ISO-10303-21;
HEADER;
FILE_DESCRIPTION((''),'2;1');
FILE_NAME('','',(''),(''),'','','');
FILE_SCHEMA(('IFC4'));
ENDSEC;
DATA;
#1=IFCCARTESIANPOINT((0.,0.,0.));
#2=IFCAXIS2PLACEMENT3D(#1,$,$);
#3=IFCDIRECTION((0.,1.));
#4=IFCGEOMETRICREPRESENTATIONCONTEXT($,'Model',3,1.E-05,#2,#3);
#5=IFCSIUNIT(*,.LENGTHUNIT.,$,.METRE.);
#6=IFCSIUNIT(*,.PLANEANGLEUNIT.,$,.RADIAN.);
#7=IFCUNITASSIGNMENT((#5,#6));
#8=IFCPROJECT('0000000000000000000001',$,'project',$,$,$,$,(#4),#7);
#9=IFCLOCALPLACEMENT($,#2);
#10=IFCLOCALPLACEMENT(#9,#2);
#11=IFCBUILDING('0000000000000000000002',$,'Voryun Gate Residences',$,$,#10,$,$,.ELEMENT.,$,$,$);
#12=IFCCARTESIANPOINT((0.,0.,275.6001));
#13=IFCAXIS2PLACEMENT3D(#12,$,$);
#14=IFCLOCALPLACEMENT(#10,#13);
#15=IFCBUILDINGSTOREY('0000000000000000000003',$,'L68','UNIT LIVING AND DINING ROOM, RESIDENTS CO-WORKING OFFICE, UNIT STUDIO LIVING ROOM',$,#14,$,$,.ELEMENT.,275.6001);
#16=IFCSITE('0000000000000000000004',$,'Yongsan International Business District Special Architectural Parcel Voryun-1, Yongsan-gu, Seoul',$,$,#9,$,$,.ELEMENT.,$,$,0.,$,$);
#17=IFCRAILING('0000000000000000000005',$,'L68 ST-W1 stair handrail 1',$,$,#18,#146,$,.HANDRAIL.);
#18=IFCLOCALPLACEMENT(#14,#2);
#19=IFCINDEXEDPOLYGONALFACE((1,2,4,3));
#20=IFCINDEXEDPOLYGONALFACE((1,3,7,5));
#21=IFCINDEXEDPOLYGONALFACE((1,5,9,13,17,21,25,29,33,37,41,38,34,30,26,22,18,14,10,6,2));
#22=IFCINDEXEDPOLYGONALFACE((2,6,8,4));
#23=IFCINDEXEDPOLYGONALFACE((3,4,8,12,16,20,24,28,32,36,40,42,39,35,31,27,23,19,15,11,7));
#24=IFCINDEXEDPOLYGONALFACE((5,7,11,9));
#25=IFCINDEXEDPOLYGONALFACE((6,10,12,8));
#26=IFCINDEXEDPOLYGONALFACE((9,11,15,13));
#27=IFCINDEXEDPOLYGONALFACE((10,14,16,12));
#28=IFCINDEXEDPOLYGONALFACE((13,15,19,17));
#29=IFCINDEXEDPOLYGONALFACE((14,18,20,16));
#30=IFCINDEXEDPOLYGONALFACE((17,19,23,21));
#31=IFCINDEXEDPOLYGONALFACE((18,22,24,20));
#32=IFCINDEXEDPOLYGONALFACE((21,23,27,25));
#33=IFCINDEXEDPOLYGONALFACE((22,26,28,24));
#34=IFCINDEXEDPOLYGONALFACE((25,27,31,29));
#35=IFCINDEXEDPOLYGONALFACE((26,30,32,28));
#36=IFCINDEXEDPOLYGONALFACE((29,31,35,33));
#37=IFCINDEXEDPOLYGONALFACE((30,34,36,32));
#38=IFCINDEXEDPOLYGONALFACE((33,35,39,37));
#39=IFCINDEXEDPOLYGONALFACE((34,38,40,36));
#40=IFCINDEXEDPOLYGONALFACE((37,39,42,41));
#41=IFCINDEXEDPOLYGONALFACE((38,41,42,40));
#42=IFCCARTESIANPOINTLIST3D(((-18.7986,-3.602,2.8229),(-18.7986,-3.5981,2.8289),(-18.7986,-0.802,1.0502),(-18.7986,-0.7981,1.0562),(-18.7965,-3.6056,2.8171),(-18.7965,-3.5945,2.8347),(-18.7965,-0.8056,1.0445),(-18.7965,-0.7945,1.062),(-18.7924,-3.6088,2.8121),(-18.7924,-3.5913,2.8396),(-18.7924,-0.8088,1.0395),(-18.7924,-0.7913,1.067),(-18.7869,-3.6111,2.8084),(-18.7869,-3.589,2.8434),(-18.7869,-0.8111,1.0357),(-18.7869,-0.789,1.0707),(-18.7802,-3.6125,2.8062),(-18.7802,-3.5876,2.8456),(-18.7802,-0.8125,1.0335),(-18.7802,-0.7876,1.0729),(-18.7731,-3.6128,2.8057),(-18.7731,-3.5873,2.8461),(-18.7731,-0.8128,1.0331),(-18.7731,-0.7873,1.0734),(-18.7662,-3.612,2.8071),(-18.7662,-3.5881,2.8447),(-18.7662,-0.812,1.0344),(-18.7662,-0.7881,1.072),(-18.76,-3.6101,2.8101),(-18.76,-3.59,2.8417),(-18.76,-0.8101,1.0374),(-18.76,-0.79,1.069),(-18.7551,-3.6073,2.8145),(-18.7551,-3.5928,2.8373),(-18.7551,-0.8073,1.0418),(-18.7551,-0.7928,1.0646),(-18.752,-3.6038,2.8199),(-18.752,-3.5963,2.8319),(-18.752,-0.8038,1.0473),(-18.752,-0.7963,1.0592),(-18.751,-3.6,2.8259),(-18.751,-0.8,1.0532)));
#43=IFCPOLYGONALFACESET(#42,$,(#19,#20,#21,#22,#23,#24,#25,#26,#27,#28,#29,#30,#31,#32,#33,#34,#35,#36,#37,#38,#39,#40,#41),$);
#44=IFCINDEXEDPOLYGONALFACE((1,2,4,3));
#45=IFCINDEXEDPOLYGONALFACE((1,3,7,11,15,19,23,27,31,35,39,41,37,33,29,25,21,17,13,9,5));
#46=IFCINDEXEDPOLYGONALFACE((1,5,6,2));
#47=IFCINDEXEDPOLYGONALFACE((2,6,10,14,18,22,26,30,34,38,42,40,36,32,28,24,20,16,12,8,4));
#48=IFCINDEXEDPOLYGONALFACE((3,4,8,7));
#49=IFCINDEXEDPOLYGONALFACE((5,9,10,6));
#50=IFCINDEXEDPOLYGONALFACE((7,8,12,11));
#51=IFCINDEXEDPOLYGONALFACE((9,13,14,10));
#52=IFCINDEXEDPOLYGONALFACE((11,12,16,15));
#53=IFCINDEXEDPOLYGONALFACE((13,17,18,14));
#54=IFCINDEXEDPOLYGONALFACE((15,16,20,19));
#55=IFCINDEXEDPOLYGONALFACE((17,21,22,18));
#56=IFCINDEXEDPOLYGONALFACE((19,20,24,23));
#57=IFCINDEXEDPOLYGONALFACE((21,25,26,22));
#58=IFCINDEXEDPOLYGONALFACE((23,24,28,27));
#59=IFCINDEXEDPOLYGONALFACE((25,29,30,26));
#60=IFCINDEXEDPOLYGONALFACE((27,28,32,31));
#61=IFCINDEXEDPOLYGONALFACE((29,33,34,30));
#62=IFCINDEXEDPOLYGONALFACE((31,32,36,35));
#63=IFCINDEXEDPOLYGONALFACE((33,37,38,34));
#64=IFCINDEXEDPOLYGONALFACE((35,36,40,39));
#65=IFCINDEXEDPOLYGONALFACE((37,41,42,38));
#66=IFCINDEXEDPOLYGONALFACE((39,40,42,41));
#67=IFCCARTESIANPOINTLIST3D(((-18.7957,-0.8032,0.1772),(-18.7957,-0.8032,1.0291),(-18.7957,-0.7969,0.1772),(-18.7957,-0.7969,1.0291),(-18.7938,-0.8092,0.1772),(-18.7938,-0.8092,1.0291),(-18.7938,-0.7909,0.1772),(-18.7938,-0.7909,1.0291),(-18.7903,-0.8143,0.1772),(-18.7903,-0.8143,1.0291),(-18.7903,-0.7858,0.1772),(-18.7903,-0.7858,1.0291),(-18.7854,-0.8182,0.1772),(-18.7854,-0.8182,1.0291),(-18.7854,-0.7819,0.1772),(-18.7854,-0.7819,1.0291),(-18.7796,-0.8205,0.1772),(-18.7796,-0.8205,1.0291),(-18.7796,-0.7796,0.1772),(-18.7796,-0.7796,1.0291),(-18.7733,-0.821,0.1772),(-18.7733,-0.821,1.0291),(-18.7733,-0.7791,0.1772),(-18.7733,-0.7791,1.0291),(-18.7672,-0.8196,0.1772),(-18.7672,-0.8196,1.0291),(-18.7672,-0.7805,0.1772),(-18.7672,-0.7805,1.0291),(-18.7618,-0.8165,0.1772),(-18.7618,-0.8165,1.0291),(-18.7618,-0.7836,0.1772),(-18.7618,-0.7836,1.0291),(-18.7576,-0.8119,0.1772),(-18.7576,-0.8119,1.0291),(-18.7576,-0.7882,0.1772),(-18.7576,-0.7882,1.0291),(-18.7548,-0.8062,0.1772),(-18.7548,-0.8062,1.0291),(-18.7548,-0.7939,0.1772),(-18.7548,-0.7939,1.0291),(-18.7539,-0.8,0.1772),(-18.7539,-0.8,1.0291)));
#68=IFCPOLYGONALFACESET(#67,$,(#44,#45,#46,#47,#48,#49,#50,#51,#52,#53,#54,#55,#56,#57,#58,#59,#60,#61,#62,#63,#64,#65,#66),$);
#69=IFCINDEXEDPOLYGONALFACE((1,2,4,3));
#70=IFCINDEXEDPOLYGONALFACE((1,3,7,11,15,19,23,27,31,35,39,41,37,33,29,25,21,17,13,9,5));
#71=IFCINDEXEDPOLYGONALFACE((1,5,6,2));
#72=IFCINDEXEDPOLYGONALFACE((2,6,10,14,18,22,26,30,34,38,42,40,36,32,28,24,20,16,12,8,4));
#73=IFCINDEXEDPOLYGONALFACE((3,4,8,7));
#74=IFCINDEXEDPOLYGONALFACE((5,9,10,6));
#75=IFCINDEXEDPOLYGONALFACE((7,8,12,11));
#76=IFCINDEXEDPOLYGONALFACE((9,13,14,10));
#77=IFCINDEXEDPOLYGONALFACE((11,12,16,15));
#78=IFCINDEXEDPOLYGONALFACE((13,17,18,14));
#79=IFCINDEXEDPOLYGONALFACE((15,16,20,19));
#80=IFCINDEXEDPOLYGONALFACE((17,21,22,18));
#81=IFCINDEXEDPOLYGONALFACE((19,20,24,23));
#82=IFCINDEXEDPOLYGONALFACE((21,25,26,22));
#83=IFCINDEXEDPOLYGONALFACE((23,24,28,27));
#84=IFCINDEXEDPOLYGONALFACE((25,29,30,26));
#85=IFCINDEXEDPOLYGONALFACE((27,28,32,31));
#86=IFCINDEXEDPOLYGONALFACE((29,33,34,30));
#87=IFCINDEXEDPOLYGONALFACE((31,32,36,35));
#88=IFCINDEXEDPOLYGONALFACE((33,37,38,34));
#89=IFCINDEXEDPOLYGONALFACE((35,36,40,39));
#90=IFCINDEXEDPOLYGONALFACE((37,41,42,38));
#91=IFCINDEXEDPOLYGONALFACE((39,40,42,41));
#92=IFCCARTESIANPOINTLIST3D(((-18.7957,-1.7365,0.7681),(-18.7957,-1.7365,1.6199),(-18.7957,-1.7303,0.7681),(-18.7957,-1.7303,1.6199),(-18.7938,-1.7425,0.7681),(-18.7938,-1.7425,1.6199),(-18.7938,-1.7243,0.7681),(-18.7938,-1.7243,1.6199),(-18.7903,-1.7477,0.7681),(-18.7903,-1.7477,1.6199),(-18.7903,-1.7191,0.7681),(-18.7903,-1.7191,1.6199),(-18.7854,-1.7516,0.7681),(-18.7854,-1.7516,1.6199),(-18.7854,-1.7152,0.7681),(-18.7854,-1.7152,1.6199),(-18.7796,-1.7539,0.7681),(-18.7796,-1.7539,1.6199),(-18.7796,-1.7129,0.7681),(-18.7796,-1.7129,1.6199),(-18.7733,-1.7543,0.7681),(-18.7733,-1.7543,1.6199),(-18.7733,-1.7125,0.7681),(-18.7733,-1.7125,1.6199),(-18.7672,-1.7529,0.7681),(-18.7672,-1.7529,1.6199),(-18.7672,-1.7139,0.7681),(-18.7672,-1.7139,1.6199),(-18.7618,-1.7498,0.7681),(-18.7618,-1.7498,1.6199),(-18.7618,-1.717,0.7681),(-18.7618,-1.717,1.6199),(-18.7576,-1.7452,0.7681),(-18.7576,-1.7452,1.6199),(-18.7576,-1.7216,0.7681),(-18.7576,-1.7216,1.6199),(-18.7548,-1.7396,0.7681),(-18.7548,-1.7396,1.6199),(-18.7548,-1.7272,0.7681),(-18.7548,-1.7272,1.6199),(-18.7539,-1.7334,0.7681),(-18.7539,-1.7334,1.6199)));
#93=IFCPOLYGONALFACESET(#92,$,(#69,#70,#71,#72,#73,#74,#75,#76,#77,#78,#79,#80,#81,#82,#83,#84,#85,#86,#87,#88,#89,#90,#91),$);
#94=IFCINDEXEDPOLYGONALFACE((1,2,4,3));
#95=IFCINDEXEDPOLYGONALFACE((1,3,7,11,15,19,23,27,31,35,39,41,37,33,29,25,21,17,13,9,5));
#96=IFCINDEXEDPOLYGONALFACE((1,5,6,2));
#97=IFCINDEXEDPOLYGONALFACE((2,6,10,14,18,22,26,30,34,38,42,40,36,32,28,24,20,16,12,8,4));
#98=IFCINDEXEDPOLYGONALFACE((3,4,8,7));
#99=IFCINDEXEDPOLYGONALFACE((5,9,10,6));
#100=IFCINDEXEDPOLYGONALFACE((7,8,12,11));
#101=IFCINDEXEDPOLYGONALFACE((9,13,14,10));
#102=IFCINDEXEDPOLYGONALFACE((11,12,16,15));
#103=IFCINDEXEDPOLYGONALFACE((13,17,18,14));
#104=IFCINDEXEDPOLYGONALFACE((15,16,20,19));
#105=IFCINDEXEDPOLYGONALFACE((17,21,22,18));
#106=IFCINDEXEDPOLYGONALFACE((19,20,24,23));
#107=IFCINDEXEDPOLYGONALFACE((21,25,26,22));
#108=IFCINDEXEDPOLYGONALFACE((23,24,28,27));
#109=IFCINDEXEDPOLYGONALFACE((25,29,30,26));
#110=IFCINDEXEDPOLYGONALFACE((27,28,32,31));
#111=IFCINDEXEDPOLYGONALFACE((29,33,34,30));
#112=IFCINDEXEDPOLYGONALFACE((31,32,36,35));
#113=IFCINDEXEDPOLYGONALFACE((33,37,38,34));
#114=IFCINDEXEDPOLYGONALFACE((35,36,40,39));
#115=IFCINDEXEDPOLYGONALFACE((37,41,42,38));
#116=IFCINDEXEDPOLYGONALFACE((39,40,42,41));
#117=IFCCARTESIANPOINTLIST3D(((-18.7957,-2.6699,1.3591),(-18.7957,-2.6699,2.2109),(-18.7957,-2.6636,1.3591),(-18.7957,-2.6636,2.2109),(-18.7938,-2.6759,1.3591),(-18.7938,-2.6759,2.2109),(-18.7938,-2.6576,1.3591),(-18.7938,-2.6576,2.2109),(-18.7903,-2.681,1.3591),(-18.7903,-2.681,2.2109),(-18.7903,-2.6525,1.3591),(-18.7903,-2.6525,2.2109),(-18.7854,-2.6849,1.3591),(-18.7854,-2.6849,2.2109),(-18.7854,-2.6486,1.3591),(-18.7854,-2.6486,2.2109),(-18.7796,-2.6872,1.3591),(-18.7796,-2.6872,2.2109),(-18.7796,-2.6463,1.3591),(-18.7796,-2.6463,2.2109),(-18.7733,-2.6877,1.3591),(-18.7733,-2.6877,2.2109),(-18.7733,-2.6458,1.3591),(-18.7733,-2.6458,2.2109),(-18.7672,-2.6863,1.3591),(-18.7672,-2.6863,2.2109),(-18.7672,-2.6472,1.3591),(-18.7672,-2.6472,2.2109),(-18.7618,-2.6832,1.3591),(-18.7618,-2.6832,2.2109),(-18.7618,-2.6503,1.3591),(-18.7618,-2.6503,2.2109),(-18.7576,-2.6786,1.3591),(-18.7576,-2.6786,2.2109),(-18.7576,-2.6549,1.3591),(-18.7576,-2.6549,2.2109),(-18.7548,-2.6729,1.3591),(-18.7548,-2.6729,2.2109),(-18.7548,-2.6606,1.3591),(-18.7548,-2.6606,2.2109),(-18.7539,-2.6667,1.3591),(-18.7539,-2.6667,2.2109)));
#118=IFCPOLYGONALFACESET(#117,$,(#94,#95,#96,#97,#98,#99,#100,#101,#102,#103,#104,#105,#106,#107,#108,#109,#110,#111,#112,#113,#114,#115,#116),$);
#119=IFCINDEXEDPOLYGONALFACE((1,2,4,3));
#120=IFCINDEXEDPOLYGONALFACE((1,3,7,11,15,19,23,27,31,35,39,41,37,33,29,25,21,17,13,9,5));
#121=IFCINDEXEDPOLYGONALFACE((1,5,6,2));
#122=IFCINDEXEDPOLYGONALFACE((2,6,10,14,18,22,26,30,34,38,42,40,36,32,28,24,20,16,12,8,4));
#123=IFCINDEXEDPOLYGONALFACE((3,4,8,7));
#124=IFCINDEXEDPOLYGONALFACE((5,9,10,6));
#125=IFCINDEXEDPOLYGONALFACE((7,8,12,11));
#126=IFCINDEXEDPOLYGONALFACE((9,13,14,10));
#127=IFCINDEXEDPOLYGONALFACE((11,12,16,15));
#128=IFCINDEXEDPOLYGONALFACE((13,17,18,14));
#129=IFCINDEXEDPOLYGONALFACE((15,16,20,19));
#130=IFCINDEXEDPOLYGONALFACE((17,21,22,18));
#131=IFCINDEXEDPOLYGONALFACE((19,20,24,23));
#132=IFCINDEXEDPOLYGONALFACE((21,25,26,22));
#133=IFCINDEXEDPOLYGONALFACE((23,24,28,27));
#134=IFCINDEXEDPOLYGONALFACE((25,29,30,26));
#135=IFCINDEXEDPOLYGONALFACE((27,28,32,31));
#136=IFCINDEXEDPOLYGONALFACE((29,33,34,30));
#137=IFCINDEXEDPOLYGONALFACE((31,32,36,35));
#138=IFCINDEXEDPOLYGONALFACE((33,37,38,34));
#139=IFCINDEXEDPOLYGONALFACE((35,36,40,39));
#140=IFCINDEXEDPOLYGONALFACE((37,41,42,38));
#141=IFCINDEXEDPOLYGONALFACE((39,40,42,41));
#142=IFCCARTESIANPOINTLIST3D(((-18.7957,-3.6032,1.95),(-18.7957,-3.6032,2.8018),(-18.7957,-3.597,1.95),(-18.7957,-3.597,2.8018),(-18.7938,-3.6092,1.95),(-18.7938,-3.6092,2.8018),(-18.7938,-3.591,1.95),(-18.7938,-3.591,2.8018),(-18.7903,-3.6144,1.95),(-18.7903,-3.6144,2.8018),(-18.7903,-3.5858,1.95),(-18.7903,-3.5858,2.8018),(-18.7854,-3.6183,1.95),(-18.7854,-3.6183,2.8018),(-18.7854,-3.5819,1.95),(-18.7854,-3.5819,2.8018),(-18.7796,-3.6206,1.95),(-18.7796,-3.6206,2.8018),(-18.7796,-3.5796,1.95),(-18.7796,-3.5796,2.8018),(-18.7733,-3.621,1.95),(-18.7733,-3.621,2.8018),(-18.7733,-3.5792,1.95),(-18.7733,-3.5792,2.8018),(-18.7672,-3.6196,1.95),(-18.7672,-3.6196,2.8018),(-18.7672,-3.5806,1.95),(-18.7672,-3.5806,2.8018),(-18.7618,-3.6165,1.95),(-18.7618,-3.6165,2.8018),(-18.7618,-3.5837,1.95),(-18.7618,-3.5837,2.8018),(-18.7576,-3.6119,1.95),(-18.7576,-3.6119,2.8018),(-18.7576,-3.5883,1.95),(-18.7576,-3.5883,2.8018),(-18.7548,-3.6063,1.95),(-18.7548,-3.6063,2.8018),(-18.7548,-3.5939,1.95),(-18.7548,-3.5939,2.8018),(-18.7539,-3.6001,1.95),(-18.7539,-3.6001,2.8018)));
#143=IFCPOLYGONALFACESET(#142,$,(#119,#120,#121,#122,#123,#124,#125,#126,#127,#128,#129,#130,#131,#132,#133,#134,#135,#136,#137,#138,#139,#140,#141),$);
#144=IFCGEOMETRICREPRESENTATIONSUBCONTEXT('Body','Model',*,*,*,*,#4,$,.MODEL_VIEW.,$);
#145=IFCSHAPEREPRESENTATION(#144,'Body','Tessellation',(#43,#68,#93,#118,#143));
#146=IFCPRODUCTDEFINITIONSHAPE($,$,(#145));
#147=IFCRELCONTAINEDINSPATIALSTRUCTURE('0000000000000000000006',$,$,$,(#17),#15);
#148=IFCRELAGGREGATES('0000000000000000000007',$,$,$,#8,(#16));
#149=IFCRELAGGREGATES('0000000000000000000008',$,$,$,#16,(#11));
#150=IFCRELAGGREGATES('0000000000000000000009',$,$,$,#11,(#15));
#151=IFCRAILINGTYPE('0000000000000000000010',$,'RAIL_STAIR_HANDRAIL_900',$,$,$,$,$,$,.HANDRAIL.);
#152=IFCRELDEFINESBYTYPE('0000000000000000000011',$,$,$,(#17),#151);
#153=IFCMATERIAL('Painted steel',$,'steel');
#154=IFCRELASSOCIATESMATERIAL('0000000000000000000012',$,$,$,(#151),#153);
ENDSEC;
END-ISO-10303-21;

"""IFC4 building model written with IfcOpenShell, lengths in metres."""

from ifc_helpers import new_model, si_unit, direction, frame, origin, origin_2d, place, context, subcontext, project, spatial, circle, extrude, material, type_object, element, save


model = new_model("IFC4")

# Units and contexts
model_context = context("Model", 3, precision=1e-05, world=origin(), true_north=direction((0.0, 1.0)))
body_context = subcontext(model_context, "Body", "Model", "MODEL_VIEW")
ifc_project = project(units=[si_unit("LENGTHUNIT", "METRE"), si_unit("PLANEANGLEUNIT", "RADIAN")], contexts=[model_context])

# Site, building, storey
site_placement = place(None, origin())
site = spatial("IfcSite", under=ifc_project, at=site_placement, Name="Yongsan International Business District Special Architectural Parcel Voryun-1, Yongsan-gu, Seoul", CompositionType="ELEMENT", RefElevation=0.0)
building_placement = place(site_placement, origin())
building = spatial("IfcBuilding", under=site, at=building_placement, Name="Voryun Gate Residences", CompositionType="ELEMENT")
storey_placement = place(building_placement, frame((0.0, 0.0, 275.6001)))
storey = spatial("IfcBuildingStorey", under=building, at=storey_placement, Name="L68", Description="UNIT LIVING AND DINING ROOM, RESIDENTS CO-WORKING OFFICE, UNIT STUDIO LIVING ROOM", CompositionType="ELEMENT", Elevation=275.6001)

# Railing
ifc_material_1 = material(Name="Painted steel", Category="steel")
railing_type_1 = type_object("IfcRailingType", Name="RAIL_STAIR_HANDRAIL_900", PredefinedType="HANDRAIL", material=ifc_material_1)
railing_1_placement = place(storey_placement, frame((-18.7749, -0.8, 0.1772)))
element("IfcRailing", 1, at=railing_1_placement, inside=storey, type_object=railing_type_1, Name="L68 ST-W1 stair handrail 1", PredefinedType="HANDRAIL", context=body_context, shape_type="SweptSolid", body=[
    extrude(circle(Radius=0.0239, at=origin_2d()), frame((0.0, 0.0, 0.876), z_axis=(0.0, -0.844909, 0.53491), x_axis=(1.0, 0.0, 0.0)), (0.0, 0.0, 1.0), 3.314),
    extrude(circle(Radius=0.021, at=origin_2d()), origin(), (0.0, 0.0, 1.0), 0.8518),
    extrude(circle(Radius=0.021, at=origin_2d()), frame((0.0, -0.9333, 0.5908)), (0.0, 0.0, 1.0), 0.8518),
    extrude(circle(Radius=0.021, at=origin_2d()), frame((0.0, -1.8667, 1.1819)), (0.0, 0.0, 1.0), 0.8518),
    extrude(circle(Radius=0.021, at=origin_2d()), frame((0.0, -2.8, 1.7727)), (0.0, 0.0, 1.0), 0.8518),
])

save(model, "model.ifc")
